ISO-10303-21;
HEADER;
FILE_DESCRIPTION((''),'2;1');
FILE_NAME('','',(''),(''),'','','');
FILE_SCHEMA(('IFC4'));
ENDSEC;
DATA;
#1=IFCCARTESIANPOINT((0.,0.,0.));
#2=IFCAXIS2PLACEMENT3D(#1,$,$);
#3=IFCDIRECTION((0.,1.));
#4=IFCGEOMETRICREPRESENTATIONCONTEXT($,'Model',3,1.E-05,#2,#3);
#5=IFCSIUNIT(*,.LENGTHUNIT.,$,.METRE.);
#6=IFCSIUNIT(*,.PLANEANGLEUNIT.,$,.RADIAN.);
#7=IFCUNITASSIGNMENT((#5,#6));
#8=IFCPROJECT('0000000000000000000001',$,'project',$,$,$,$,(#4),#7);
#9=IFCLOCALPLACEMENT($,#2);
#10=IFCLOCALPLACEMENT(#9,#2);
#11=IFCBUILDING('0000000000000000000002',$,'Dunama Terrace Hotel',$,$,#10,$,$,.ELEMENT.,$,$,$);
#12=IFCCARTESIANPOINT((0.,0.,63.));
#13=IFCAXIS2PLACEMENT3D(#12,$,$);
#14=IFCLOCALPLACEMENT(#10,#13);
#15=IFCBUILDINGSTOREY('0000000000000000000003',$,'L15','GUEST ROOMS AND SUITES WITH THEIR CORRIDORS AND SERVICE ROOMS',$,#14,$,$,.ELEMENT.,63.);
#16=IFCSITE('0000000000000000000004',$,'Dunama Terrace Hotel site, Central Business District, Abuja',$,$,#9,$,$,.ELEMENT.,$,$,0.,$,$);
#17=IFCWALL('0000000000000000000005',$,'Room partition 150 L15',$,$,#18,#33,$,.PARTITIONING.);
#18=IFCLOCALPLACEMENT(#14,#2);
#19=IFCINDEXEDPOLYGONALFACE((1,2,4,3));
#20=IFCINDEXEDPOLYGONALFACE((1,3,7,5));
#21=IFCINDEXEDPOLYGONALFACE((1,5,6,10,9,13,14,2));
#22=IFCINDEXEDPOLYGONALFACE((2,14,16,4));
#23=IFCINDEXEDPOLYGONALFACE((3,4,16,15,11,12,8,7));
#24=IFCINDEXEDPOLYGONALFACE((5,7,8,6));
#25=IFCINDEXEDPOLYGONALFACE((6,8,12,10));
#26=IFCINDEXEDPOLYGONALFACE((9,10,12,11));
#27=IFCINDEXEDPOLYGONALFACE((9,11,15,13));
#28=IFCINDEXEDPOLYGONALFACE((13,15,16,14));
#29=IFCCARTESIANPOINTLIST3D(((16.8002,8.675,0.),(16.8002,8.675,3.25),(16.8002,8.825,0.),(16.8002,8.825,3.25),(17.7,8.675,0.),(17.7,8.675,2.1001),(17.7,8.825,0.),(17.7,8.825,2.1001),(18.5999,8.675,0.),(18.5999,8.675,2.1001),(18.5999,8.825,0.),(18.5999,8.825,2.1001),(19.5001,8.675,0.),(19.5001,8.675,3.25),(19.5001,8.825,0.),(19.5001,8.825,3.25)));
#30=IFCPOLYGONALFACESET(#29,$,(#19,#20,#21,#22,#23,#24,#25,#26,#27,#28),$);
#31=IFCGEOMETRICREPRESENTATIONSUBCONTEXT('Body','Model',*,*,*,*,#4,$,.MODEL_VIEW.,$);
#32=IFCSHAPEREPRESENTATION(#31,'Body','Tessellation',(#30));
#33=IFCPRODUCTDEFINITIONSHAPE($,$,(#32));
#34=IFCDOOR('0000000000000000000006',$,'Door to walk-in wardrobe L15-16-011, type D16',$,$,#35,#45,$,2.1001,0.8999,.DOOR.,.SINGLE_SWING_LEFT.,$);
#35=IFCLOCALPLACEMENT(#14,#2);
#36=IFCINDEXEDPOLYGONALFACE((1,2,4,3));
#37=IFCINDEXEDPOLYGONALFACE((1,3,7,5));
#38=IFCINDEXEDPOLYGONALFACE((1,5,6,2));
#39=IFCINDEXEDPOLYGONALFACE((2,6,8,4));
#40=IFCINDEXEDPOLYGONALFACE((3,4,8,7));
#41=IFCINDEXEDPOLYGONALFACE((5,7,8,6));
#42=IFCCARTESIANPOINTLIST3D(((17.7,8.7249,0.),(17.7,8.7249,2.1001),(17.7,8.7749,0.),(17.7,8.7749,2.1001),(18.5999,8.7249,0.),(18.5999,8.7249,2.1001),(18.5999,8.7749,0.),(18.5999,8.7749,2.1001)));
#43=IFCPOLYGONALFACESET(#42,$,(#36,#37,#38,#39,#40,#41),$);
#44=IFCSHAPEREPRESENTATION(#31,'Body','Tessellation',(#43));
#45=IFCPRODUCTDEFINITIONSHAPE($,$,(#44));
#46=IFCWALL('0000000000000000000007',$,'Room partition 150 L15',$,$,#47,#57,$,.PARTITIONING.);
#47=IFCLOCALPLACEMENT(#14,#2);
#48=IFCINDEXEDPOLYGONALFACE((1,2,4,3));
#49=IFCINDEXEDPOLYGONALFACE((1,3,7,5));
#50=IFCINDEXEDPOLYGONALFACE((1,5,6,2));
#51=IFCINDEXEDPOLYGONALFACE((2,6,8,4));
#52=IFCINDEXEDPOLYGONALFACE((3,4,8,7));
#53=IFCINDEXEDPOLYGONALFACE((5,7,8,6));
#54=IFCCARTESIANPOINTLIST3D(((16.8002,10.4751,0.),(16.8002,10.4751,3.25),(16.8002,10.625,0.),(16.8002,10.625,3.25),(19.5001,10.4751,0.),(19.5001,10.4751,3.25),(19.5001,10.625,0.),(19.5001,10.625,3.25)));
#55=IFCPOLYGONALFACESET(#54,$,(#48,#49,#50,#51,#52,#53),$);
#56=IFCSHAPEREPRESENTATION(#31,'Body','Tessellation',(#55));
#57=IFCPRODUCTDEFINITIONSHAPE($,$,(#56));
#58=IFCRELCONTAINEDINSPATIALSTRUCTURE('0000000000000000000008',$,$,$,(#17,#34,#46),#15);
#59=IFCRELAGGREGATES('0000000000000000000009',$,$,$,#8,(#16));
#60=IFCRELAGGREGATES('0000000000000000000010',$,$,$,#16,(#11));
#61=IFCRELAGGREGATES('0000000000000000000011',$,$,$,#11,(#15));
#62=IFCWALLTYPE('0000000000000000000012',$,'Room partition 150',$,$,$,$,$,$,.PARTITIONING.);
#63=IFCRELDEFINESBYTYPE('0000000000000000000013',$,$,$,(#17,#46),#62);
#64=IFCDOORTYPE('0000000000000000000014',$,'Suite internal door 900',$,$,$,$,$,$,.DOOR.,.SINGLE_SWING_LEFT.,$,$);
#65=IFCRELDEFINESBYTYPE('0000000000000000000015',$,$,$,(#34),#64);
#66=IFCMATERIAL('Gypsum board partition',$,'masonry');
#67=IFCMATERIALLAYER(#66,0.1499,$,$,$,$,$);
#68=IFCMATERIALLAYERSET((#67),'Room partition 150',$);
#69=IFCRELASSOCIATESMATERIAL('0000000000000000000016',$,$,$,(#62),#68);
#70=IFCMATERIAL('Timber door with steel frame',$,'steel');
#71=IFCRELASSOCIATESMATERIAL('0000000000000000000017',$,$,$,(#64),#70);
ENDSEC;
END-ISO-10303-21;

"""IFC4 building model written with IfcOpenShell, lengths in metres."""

from ifc_helpers import new_model, si_unit, direction, frame, frame_2d, origin, place, context, subcontext, project, spatial, rectangle, extrude, material, layer, layer_set, type_object, element, fill, save


model = new_model("IFC4")

# Units and contexts
model_context = context("Model", 3, precision=1e-05, world=origin(), true_north=direction((0.0, 1.0)))
body_context = subcontext(model_context, "Body", "Model", "MODEL_VIEW")
ifc_project = project(units=[si_unit("LENGTHUNIT", "METRE"), si_unit("PLANEANGLEUNIT", "RADIAN")], contexts=[model_context])

# Site, building, storey
site_placement = place(None, origin())
site = spatial("IfcSite", under=ifc_project, at=site_placement, Name="Dunama Terrace Hotel site, Central Business District, Abuja", CompositionType="ELEMENT", RefElevation=0.0)
building_placement = place(site_placement, origin())
building = spatial("IfcBuilding", under=site, at=building_placement, Name="Dunama Terrace Hotel", CompositionType="ELEMENT")
storey_placement = place(building_placement, frame((0.0, 0.0, 63.0)))
storey = spatial("IfcBuildingStorey", under=building, at=storey_placement, Name="L15", Description="GUEST ROOMS AND SUITES WITH THEIR CORRIDORS AND SERVICE ROOMS", CompositionType="ELEMENT", Elevation=63.0)

# Shared definitions
ifc_material_1 = material(Name="Gypsum board partition", Category="masonry")
ifc_layer_1 = layer(ifc_material_1, 0.1499)
ifc_layer_set_1 = layer_set([ifc_layer_1], Name="Room partition 150")
wall_type_1 = type_object("IfcWallType", Name="Room partition 150", PredefinedType="PARTITIONING", material=ifc_layer_set_1)

# Wall, opening, door
wall_1_placement = place(storey_placement, frame((16.8, 8.75, 0.0), z_axis=(0.0, 0.0, 1.0), x_axis=(1.0, 0.0, 0.0)))
wall_1 = element("IfcWall", 1, at=wall_1_placement, inside=storey, type_object=wall_type_1, Name="Room partition 150 L15", PredefinedType="PARTITIONING", context=body_context, shape_type="SweptSolid", body=[
    extrude(rectangle(XDim=2.7, YDim=0.1499, at=frame_2d((1.3501, 0.0))), origin(), (0.0, 0.0, 1.0), 3.25),
])
opening_1_placement = place(wall_1_placement, frame((0.8999, 0.0, 0.0)))
opening_1 = element("IfcOpeningElement", 2, at=opening_1_placement, cuts=wall_1, PredefinedType="OPENING", context=body_context, shape_type="SweptSolid", body=[
    extrude(rectangle(XDim=0.8999, YDim=2.1001, at=frame_2d((0.45, 1.05))), frame((0.0, 0.085, 0.0), z_axis=(0.0, -1.0, 0.0), x_axis=(1.0, 0.0, 0.0)), (0.0, 0.0, 1.0), 0.1699),
])
ifc_material_2 = material(Name="Timber door with steel frame", Category="steel")
door_type_1 = type_object("IfcDoorType", Name="Suite internal door 900", OperationType="SINGLE_SWING_LEFT", PredefinedType="DOOR", material=ifc_material_2)
door_1_placement = place(opening_1_placement, origin())
door_1 = element("IfcDoor", 3, at=door_1_placement, inside=storey, type_object=door_type_1, Name="Door to walk-in wardrobe L15-16-011, type D16", OperationType="SINGLE_SWING_LEFT", OverallHeight=2.1001, OverallWidth=0.8999, PredefinedType="DOOR", context=body_context, shape_type="SweptSolid", body=[
    extrude(rectangle(XDim=0.8999, YDim=2.1001, at=frame_2d((0.45, 1.05))), frame((0.0, 0.0249, 0.0), z_axis=(0.0, -1.0, 0.0), x_axis=(1.0, 0.0, 0.0)), (0.0, 0.0, 1.0), 0.05),
])
fill(opening_1, door_1)

# Wall
wall_2_placement = place(storey_placement, frame((16.8, 10.55, 0.0), z_axis=(0.0, 0.0, 1.0), x_axis=(1.0, 0.0, 0.0)))
element("IfcWall", 4, at=wall_2_placement, inside=storey, type_object=wall_type_1, Name="Room partition 150 L15", PredefinedType="PARTITIONING", context=body_context, shape_type="SweptSolid", body=[
    extrude(rectangle(XDim=2.7, YDim=0.1499, at=frame_2d((1.3501, 0.0))), origin(), (0.0, 0.0, 1.0), 3.25),
])

save(model, "model.ifc")
